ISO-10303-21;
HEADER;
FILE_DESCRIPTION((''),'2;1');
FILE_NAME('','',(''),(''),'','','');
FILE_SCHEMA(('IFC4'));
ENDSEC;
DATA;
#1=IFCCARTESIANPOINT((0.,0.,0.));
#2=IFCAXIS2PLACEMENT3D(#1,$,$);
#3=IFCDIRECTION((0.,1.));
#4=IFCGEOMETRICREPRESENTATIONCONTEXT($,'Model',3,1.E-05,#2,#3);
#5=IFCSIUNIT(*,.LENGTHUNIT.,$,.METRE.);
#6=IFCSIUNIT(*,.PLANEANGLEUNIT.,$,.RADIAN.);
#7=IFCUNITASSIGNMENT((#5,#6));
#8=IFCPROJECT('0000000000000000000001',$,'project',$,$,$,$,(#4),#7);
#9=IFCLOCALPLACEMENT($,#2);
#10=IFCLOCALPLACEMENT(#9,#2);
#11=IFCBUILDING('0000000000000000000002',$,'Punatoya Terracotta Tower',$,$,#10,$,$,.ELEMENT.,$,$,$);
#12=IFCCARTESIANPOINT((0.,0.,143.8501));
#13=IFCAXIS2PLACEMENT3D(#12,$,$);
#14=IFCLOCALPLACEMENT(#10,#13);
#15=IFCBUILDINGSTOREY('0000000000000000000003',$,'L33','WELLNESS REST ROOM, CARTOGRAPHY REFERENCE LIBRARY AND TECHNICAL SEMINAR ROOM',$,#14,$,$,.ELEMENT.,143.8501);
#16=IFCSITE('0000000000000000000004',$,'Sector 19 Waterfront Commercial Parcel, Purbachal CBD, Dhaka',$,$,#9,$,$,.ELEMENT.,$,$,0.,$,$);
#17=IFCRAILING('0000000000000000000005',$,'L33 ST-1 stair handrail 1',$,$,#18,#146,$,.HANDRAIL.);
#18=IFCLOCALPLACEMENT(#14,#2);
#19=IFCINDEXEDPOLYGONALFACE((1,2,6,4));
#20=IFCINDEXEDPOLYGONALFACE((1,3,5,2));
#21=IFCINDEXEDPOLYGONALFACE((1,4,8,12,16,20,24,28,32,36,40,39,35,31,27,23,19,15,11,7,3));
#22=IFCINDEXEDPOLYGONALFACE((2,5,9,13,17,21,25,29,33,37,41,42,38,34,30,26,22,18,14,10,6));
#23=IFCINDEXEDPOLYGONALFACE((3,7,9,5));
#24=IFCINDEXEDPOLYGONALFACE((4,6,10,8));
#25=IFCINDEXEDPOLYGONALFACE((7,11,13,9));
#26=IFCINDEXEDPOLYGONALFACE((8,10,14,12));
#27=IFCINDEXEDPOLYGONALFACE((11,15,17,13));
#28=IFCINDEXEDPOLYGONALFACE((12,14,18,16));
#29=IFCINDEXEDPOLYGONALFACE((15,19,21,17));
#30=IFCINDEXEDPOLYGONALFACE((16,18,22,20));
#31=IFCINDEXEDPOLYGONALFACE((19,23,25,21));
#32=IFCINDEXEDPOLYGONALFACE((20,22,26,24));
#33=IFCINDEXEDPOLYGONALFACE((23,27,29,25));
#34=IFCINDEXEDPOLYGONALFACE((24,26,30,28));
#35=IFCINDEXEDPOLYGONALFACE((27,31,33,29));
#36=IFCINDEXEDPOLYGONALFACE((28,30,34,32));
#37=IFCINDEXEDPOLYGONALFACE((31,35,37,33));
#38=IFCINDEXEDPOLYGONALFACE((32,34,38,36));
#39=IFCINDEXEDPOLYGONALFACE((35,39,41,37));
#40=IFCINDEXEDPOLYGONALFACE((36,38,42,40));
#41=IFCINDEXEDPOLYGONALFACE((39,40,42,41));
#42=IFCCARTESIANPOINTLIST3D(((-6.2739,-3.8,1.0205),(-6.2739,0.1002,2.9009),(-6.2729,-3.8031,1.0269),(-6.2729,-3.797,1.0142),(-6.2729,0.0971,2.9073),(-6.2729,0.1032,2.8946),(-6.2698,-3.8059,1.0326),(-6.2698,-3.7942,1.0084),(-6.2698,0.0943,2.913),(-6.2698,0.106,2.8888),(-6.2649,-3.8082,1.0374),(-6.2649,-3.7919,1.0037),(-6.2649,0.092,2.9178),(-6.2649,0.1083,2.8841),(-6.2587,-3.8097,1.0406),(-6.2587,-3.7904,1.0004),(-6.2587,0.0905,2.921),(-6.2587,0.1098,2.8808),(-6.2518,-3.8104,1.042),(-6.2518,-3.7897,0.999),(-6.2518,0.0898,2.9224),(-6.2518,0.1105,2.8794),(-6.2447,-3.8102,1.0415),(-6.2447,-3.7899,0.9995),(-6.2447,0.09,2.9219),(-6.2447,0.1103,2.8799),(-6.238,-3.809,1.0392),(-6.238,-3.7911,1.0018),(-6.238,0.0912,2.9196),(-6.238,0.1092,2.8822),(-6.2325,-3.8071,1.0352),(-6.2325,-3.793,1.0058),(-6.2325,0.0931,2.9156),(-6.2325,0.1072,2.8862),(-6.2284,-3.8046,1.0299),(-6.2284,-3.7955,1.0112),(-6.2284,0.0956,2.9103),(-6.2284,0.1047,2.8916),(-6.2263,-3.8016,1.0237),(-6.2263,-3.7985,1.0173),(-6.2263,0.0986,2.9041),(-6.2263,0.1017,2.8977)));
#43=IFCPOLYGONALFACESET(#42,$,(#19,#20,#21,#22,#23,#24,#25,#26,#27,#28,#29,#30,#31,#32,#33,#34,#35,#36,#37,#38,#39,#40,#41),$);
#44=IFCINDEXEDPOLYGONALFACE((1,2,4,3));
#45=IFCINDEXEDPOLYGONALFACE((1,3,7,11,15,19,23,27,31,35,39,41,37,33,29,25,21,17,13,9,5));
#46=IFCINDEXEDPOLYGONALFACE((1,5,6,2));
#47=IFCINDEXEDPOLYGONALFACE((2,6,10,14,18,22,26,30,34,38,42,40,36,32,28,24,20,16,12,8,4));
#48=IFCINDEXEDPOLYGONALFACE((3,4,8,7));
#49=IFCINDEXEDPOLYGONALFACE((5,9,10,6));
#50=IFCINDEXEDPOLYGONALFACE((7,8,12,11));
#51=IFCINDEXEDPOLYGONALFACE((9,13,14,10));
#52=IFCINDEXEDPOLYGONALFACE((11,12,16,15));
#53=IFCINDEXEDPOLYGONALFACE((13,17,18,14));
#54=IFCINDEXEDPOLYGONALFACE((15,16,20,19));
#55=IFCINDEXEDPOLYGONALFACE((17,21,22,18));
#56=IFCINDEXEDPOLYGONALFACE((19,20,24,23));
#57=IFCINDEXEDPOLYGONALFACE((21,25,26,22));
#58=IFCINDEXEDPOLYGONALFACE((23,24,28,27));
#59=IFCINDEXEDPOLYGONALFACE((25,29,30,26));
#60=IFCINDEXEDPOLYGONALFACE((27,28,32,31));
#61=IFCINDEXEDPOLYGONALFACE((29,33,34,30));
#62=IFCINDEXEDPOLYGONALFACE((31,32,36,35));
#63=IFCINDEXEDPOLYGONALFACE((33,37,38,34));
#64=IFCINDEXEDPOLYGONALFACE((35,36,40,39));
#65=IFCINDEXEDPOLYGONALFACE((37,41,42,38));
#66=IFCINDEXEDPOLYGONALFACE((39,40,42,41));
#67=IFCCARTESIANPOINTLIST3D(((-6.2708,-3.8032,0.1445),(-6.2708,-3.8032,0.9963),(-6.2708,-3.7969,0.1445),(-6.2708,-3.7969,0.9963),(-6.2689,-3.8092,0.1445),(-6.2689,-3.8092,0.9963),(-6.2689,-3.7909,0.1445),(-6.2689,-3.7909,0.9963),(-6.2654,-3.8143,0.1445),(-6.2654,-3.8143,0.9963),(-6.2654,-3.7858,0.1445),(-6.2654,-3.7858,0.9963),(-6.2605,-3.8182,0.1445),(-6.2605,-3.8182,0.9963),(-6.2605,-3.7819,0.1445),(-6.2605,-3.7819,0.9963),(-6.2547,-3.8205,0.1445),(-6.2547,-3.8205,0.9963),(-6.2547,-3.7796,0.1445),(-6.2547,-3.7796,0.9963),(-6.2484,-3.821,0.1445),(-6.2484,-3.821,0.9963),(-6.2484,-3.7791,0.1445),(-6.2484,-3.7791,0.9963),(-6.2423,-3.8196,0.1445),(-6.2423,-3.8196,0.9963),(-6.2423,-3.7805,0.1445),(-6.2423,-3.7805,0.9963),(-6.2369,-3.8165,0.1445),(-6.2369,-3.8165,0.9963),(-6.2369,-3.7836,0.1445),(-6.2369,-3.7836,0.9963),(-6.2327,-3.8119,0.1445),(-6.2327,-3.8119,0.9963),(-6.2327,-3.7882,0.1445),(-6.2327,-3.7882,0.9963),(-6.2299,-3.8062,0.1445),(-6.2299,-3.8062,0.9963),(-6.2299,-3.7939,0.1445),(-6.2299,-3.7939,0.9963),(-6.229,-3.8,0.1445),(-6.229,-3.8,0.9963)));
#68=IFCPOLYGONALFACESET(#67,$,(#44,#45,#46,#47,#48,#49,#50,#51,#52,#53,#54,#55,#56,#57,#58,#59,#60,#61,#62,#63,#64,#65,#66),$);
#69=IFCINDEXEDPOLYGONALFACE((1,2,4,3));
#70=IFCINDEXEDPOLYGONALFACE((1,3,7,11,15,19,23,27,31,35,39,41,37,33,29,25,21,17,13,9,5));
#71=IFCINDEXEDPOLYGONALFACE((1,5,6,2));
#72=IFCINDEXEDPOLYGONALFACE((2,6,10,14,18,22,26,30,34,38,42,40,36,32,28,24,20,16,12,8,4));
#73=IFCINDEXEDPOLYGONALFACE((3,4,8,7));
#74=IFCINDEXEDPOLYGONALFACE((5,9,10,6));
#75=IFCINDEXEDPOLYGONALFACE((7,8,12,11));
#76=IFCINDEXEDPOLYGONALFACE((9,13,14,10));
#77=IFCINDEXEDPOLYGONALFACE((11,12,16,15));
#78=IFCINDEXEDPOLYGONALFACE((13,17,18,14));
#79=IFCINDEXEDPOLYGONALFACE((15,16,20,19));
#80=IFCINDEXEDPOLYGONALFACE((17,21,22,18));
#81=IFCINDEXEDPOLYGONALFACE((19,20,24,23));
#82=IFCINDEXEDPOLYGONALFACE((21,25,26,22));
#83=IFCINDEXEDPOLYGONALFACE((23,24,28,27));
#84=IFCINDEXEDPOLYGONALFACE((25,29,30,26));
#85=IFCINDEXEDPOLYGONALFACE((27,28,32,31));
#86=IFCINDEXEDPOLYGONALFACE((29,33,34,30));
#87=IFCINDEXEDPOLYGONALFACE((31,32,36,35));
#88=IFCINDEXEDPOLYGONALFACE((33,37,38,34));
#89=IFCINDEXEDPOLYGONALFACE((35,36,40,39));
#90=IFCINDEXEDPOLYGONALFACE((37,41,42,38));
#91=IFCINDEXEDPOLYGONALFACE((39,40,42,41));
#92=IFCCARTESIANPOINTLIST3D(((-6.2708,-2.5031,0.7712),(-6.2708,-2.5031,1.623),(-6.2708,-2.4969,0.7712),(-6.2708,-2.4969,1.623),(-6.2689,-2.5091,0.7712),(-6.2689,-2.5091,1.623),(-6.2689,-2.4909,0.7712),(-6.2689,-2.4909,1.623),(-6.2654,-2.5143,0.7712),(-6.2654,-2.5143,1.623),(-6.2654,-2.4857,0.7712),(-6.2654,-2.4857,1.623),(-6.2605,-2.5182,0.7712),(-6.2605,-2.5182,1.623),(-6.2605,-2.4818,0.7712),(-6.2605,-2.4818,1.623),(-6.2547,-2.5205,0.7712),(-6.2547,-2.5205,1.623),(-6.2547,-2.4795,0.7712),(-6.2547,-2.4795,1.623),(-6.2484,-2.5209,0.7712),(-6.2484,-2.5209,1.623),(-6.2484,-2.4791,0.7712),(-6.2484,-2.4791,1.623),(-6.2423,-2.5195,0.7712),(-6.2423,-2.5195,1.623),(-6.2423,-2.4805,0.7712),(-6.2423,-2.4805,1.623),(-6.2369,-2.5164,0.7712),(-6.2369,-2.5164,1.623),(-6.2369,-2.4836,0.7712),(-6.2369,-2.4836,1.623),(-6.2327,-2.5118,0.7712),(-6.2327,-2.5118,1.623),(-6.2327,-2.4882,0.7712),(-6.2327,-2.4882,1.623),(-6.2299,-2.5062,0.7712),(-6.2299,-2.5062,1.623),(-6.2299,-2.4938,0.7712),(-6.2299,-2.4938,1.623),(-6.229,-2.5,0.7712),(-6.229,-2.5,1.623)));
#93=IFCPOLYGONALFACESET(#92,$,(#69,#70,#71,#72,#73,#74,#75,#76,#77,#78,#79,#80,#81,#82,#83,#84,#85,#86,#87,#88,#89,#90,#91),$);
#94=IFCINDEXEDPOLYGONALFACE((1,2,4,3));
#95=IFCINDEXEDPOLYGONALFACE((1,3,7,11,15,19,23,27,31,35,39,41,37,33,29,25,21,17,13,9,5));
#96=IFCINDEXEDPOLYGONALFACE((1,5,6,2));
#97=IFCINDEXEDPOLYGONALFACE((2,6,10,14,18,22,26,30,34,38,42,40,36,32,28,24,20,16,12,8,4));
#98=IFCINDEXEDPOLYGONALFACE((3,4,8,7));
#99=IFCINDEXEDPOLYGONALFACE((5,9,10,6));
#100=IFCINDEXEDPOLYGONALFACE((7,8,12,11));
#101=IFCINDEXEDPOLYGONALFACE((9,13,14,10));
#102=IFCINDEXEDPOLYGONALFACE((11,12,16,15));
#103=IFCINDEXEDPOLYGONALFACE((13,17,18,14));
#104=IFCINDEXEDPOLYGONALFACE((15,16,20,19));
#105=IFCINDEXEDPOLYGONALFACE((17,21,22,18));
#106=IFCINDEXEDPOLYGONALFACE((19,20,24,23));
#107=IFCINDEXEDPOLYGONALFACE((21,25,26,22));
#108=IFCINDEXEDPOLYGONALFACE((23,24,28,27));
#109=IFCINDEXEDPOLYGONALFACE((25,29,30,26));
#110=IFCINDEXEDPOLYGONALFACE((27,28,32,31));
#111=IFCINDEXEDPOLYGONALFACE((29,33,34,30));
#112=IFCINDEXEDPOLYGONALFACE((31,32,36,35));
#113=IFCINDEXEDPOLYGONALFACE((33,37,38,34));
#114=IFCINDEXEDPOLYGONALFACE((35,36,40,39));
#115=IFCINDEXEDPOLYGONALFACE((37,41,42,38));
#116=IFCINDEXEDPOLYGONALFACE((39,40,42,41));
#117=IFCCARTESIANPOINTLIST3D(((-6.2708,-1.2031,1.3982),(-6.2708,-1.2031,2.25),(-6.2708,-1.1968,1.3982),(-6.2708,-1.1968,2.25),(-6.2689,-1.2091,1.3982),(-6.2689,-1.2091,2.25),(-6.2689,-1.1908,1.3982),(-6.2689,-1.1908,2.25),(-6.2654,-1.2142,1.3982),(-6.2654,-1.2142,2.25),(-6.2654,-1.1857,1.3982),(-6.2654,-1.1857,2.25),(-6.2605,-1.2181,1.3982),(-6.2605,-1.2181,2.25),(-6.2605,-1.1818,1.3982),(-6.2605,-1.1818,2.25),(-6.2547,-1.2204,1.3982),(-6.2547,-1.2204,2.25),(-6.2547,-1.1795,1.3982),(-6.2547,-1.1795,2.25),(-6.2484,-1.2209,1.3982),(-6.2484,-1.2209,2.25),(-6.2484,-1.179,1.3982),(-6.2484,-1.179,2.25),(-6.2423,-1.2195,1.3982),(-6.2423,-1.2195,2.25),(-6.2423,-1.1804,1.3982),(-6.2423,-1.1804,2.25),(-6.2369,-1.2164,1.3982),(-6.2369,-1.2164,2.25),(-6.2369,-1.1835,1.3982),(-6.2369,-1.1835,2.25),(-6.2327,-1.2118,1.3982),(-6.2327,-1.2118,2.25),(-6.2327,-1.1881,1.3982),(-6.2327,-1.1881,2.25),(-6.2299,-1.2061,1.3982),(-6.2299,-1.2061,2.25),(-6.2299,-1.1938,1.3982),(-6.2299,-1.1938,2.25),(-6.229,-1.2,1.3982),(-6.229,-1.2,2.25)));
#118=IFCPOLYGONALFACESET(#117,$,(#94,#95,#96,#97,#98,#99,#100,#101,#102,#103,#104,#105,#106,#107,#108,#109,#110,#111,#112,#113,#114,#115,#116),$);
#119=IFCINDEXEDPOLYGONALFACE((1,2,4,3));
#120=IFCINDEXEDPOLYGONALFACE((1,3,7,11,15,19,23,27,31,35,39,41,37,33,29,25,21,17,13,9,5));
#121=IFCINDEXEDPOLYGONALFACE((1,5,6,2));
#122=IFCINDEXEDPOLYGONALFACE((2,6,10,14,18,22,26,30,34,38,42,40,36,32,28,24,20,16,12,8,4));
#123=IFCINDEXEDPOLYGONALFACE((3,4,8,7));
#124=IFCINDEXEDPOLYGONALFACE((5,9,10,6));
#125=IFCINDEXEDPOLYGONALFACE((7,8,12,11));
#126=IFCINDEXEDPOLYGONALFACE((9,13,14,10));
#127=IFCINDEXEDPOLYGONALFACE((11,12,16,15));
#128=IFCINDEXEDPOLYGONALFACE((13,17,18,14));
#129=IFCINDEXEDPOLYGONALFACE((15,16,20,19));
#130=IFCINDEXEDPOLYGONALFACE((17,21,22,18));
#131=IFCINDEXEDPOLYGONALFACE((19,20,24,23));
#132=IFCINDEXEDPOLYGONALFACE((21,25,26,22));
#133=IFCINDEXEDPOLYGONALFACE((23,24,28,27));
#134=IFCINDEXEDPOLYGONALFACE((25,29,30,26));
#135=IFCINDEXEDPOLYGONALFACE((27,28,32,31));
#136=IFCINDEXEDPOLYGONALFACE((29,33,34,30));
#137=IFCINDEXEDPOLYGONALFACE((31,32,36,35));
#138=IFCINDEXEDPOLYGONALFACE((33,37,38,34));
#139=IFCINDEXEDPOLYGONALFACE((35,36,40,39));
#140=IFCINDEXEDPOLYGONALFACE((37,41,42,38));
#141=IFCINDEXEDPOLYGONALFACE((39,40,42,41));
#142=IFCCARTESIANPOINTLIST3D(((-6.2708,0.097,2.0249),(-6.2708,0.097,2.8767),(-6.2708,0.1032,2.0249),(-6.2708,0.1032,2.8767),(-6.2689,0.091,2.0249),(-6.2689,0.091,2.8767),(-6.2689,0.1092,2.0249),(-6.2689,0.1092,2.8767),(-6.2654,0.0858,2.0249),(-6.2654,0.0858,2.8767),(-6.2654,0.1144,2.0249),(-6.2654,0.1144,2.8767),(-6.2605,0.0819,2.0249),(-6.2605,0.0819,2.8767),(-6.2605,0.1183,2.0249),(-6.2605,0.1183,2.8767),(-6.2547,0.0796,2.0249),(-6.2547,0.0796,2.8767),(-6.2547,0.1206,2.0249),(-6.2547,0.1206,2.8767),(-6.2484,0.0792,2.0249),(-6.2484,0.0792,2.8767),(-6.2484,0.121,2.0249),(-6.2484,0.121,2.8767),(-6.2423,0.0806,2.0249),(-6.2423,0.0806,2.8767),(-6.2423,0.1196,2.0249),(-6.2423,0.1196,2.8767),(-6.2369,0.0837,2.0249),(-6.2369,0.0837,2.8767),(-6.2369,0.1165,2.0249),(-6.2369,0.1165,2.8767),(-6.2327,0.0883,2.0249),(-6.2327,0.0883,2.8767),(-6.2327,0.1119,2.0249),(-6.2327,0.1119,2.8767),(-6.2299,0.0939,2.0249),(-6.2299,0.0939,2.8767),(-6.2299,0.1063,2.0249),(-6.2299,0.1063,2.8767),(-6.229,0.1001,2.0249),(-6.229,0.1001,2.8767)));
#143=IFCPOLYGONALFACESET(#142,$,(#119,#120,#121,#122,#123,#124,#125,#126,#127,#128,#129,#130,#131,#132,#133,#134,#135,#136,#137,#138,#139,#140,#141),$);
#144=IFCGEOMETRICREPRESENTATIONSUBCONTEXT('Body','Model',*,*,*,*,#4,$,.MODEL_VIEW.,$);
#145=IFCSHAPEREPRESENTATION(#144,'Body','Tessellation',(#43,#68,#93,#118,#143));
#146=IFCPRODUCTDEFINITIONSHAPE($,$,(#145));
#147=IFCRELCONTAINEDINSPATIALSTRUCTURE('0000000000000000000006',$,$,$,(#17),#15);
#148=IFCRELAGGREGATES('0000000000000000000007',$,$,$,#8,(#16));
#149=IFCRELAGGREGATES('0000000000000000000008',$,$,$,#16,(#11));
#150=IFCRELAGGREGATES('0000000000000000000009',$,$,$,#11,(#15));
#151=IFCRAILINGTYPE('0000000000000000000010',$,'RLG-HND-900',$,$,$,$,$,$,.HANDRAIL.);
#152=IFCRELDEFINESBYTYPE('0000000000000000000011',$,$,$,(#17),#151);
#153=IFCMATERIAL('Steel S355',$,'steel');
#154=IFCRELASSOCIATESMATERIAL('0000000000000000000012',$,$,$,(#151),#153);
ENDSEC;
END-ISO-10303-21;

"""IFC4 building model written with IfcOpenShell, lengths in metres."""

from ifc_helpers import new_model, si_unit, direction, frame, origin, origin_2d, place, context, subcontext, project, spatial, circle, extrude, material, type_object, element, save


model = new_model("IFC4")

# Units and contexts
model_context = context("Model", 3, precision=1e-05, world=origin(), true_north=direction((0.0, 1.0)))
body_context = subcontext(model_context, "Body", "Model", "MODEL_VIEW")
ifc_project = project(units=[si_unit("LENGTHUNIT", "METRE"), si_unit("PLANEANGLEUNIT", "RADIAN")], contexts=[model_context])

# Site, building, storey
site_placement = place(None, origin())
site = spatial("IfcSite", under=ifc_project, at=site_placement, Name="Sector 19 Waterfront Commercial Parcel, Purbachal CBD, Dhaka", CompositionType="ELEMENT", RefElevation=0.0)
building_placement = place(site_placement, origin())
building = spatial("IfcBuilding", under=site, at=building_placement, Name="Punatoya Terracotta Tower", CompositionType="ELEMENT")
storey_placement = place(building_placement, frame((0.0, 0.0, 143.8501)))
storey = spatial("IfcBuildingStorey", under=building, at=storey_placement, Name="L33", Description="WELLNESS REST ROOM, CARTOGRAPHY REFERENCE LIBRARY AND TECHNICAL SEMINAR ROOM", CompositionType="ELEMENT", Elevation=143.8501)

# Shared definitions
ifc_material_1 = material(Name="Steel S355", Category="steel")

# Railing
railing_type_1 = type_object("IfcRailingType", Name="RLG-HND-900", PredefinedType="HANDRAIL", material=ifc_material_1)
railing_1_placement = place(storey_placement, frame((-6.25, -3.8, 0.1445)))
element("IfcRailing", 1, at=railing_1_placement, inside=storey, type_object=railing_type_1, Name="L33 ST-1 stair handrail 1", PredefinedType="HANDRAIL", context=body_context, shape_type="SweptSolid", body=[
    extrude(circle(Radius=0.0239, at=origin_2d()), frame((0.0, 0.0, 0.876), z_axis=(0.0, 0.900774, 0.434289), x_axis=(-1.0, 0.0, 0.0)), (0.0, 0.0, 1.0), 4.3298),
    extrude(circle(Radius=0.021, at=origin_2d()), origin(), (0.0, 0.0, 1.0), 0.8518),
    extrude(circle(Radius=0.021, at=origin_2d()), frame((0.0, 1.3, 0.6267)), (0.0, 0.0, 1.0), 0.8518),
    extrude(circle(Radius=0.021, at=origin_2d()), frame((0.0, 2.6001, 1.2537)), (0.0, 0.0, 1.0), 0.8518),
    extrude(circle(Radius=0.021, at=origin_2d()), frame((0.0, 3.9001, 1.8804)), (0.0, 0.0, 1.0), 0.8518),
])

save(model, "model.ifc")
